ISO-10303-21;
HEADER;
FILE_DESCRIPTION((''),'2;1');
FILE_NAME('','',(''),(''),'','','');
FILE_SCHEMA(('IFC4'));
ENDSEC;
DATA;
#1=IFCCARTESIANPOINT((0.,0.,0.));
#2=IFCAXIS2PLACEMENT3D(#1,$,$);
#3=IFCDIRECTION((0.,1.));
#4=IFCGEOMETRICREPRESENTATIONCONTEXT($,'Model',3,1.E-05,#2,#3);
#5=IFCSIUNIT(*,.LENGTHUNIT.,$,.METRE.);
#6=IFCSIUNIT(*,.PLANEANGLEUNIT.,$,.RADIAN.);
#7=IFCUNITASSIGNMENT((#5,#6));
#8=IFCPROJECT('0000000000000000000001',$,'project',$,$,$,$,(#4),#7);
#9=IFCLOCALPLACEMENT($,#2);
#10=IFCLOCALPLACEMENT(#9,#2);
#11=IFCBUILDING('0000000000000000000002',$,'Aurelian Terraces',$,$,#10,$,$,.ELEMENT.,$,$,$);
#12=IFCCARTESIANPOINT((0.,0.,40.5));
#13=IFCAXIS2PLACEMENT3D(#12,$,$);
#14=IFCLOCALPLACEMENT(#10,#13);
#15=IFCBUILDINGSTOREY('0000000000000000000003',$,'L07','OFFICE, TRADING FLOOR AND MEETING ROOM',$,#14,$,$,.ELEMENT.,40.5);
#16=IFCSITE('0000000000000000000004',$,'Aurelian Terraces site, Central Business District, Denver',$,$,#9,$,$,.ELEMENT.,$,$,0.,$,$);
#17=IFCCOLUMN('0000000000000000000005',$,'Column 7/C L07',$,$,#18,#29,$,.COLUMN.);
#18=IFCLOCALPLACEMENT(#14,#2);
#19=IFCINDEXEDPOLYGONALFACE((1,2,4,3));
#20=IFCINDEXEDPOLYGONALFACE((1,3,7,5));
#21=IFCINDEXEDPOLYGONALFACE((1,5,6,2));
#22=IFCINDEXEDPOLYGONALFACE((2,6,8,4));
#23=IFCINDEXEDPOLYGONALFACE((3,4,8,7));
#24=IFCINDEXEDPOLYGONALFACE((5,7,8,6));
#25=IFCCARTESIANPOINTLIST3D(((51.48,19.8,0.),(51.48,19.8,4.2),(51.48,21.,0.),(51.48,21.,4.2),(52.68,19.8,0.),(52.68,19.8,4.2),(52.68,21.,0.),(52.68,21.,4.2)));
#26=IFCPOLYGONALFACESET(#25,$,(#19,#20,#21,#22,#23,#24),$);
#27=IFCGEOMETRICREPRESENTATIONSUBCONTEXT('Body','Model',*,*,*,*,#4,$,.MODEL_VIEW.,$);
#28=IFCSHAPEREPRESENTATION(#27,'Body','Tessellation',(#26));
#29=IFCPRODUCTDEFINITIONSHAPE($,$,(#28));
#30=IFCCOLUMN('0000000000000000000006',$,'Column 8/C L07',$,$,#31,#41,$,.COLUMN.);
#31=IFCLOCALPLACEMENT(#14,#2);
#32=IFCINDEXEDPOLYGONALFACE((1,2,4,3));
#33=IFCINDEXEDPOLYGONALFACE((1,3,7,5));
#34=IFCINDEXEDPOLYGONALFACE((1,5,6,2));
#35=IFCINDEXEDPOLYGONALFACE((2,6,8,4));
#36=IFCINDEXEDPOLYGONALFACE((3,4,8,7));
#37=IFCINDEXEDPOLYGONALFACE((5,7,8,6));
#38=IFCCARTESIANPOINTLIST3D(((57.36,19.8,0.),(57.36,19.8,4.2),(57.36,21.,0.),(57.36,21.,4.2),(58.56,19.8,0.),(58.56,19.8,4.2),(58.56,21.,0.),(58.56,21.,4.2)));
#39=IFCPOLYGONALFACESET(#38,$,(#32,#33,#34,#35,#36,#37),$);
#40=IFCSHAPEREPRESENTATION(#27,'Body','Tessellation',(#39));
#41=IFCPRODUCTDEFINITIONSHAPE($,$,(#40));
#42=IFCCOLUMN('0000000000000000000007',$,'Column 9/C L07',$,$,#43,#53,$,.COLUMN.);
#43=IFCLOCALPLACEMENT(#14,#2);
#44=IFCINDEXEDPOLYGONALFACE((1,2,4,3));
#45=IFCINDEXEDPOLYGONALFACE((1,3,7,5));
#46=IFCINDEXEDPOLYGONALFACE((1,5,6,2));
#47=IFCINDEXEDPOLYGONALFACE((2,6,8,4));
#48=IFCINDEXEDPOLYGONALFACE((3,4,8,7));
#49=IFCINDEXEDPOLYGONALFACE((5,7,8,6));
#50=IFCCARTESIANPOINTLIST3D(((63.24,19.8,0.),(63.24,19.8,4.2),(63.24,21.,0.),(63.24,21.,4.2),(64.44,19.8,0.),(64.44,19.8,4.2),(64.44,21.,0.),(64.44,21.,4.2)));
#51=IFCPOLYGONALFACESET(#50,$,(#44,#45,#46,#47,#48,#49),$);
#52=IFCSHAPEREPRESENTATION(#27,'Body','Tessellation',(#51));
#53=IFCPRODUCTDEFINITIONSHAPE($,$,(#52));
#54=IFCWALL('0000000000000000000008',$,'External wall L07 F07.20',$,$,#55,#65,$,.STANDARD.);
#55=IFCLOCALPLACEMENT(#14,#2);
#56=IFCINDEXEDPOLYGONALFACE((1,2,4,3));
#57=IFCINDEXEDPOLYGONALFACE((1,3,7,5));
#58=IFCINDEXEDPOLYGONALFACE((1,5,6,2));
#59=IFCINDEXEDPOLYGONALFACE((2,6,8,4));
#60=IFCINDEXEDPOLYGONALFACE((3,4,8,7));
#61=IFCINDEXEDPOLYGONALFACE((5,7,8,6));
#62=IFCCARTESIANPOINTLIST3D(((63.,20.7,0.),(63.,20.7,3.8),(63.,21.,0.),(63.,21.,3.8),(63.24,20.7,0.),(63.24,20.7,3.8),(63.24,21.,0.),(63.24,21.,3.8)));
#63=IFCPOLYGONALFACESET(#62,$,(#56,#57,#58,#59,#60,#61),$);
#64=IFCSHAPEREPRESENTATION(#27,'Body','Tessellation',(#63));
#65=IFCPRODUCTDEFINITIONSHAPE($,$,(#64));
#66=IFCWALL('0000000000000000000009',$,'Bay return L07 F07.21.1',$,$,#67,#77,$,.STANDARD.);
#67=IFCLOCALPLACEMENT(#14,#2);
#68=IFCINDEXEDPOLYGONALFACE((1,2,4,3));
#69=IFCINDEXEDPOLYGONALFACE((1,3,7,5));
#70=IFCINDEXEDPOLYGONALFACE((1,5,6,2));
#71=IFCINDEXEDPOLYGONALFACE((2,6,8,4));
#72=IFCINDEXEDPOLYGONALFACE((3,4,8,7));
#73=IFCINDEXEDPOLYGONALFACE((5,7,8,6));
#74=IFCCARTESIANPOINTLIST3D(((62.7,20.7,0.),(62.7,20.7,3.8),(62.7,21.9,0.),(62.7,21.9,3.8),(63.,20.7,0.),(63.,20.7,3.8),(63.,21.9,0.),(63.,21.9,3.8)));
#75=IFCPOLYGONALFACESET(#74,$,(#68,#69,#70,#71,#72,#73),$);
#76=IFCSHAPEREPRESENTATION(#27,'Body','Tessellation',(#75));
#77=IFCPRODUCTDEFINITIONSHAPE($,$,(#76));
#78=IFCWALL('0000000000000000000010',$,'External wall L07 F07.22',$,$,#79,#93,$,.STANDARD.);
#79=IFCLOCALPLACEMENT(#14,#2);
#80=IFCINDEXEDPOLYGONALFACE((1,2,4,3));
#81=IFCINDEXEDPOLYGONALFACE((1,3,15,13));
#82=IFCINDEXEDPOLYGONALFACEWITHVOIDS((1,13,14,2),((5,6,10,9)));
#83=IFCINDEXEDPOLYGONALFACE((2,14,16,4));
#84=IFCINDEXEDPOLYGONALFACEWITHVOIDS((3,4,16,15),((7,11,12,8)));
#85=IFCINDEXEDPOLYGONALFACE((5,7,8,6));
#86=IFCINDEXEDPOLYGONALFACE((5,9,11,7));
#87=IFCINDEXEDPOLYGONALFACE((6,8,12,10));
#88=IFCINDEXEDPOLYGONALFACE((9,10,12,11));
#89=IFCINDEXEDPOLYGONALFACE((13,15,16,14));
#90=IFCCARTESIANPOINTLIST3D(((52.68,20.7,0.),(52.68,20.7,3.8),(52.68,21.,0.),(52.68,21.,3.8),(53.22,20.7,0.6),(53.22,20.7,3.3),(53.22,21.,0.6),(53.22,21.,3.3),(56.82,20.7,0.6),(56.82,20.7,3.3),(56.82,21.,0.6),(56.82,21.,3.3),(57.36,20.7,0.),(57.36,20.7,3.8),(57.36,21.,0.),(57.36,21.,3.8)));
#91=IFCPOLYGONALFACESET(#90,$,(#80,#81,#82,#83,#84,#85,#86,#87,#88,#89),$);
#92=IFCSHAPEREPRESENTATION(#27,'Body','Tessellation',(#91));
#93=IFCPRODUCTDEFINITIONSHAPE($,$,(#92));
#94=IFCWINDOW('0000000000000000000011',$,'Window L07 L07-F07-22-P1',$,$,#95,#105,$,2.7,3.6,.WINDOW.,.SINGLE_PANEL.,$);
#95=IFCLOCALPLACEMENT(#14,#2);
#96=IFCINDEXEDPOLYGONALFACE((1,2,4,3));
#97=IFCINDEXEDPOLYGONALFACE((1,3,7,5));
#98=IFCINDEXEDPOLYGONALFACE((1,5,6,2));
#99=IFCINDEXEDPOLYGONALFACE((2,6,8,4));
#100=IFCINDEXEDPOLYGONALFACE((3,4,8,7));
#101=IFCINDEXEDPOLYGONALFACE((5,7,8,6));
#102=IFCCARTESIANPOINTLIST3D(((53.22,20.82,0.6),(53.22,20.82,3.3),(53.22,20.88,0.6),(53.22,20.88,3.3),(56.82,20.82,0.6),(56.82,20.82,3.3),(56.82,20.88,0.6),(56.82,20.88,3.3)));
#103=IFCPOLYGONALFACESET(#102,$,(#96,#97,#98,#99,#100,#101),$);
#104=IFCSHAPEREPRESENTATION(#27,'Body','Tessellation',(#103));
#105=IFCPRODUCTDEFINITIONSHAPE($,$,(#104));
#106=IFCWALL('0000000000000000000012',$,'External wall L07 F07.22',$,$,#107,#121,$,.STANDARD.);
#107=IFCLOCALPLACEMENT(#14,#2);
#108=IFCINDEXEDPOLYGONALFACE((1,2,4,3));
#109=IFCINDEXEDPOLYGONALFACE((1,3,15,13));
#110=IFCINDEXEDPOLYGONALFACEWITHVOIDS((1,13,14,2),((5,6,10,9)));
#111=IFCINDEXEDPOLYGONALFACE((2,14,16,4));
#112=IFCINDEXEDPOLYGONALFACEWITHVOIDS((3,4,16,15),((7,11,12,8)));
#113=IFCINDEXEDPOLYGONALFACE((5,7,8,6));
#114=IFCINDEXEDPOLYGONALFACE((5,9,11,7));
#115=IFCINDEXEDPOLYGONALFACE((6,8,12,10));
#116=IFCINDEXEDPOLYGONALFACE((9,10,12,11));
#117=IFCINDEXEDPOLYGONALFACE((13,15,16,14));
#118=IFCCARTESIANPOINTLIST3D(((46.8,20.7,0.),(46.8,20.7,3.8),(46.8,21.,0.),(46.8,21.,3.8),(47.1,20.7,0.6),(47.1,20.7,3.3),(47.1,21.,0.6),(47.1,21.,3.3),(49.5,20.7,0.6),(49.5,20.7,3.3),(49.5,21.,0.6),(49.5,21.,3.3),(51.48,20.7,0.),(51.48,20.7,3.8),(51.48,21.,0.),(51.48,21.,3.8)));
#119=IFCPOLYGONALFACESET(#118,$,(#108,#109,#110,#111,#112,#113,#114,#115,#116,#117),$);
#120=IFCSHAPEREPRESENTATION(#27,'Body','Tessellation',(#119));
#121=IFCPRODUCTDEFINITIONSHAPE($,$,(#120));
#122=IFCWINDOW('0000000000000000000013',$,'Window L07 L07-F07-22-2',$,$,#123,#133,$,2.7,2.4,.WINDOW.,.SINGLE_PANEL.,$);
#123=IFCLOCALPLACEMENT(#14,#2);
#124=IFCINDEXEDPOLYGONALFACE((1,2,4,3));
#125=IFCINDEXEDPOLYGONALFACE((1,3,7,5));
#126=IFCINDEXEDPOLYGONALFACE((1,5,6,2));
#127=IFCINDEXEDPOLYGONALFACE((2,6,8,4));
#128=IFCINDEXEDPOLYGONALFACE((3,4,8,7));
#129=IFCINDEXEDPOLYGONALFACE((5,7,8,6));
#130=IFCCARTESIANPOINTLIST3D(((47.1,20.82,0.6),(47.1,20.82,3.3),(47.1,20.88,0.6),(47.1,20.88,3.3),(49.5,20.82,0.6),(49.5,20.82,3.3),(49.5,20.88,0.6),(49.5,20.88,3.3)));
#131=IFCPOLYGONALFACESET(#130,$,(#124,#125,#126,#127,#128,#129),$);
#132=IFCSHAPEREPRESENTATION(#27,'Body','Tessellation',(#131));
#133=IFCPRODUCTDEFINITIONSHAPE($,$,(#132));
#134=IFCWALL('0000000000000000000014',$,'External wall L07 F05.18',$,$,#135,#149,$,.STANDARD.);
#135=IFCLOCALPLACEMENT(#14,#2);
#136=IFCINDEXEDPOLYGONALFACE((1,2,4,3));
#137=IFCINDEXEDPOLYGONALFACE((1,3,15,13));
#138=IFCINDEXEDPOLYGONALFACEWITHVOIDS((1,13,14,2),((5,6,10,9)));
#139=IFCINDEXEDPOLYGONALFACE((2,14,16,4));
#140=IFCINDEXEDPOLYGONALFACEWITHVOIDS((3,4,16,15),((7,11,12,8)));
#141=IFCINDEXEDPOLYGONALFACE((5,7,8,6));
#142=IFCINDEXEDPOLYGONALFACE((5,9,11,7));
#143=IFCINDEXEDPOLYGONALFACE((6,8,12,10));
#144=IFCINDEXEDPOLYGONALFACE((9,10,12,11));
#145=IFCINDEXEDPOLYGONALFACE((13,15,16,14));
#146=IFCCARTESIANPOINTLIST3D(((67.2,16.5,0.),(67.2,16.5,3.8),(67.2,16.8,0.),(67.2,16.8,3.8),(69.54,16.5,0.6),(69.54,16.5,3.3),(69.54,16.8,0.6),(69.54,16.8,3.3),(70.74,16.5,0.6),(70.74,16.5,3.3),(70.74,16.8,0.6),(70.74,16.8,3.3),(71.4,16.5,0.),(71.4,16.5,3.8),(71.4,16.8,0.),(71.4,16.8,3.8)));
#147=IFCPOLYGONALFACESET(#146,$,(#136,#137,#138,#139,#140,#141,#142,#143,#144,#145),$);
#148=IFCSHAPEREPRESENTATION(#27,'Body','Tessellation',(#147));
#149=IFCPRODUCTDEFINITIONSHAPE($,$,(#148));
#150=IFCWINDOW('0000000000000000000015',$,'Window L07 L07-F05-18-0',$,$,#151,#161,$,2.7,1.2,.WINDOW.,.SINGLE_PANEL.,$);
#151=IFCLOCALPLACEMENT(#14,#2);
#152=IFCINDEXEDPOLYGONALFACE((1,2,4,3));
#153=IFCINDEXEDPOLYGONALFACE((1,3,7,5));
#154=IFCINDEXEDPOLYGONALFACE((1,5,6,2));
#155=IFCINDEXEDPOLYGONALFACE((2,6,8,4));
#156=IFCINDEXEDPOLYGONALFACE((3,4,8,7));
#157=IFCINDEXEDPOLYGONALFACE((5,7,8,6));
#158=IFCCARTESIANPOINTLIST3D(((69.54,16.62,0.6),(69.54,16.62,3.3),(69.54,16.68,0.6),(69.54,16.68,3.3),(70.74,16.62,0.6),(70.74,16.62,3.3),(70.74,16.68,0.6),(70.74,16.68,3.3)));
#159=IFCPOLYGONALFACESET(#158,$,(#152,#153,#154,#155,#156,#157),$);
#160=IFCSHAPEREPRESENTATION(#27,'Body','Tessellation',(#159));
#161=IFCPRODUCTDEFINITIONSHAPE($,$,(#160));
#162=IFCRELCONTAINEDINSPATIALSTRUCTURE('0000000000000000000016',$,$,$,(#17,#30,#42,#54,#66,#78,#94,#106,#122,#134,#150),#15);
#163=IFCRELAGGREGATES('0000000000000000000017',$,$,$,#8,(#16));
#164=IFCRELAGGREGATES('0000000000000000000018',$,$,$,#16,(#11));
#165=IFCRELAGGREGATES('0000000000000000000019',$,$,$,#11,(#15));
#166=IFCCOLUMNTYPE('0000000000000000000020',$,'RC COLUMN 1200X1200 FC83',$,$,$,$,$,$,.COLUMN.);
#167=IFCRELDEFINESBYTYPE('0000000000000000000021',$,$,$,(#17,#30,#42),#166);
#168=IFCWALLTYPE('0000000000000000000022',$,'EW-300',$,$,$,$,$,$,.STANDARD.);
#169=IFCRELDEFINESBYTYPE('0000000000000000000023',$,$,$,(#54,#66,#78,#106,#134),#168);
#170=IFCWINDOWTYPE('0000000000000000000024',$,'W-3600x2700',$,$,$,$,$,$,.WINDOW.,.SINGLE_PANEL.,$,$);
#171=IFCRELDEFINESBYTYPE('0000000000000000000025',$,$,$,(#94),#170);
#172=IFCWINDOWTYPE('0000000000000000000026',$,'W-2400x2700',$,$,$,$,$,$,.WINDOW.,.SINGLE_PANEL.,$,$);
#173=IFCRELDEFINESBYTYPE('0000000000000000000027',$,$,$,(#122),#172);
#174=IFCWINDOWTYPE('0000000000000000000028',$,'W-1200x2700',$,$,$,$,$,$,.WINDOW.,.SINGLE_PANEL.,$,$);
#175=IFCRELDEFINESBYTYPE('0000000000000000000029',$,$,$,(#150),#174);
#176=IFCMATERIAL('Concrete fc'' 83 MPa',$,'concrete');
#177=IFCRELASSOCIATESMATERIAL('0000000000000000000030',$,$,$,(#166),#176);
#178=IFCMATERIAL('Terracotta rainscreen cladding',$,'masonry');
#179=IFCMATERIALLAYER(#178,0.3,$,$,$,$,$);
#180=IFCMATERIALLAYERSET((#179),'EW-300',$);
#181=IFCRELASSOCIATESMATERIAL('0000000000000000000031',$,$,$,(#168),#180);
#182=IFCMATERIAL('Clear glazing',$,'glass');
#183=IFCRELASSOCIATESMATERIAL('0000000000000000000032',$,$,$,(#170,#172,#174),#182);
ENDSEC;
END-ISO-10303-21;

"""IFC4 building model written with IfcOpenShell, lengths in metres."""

from ifc_helpers import new_model, si_unit, direction, frame, frame_2d, origin, origin_2d, place, context, subcontext, project, spatial, rectangle, extrude, source, transform, mapped, material, layer, layer_set, material_profile, profile_set, type_object, element, fill, save


model = new_model("IFC4")

# Units and contexts
model_context = context("Model", 3, precision=1e-05, world=origin(), true_north=direction((0.0, 1.0)))
body_context = subcontext(model_context, "Body", "Model", "MODEL_VIEW")
ifc_project = project(units=[si_unit("LENGTHUNIT", "METRE"), si_unit("PLANEANGLEUNIT", "RADIAN")], contexts=[model_context])

# Site, building, storey
site_placement = place(None, origin())
site = spatial("IfcSite", under=ifc_project, at=site_placement, Name="Aurelian Terraces site, Central Business District, Denver", CompositionType="ELEMENT", RefElevation=0.0)
building_placement = place(site_placement, origin())
building = spatial("IfcBuilding", under=site, at=building_placement, Name="Aurelian Terraces", CompositionType="ELEMENT")
storey_placement = place(building_placement, frame((0.0, 0.0, 40.5)))
storey = spatial("IfcBuildingStorey", under=building, at=storey_placement, Name="L07", Description="OFFICE, TRADING FLOOR AND MEETING ROOM", CompositionType="ELEMENT", Elevation=40.5)

# Columns
ifc_material_1 = material(Name="Concrete fc' 83 MPa", Category="concrete")
ifc_material_profile = material_profile(ifc_material_1, rectangle(XDim=1.2, YDim=1.2, at=origin_2d()))
ifc_profile_set = profile_set([ifc_material_profile], Name="Concrete fc' 83 MPa")
column_type = type_object("IfcColumnType", Name="RC COLUMN 1200X1200 FC83", PredefinedType="COLUMN", material=ifc_profile_set)
shared_shape_1 = source(origin(), body_context, "Body", "SweptSolid", [
    extrude(rectangle(XDim=1.2, YDim=1.2, at=origin_2d()), origin(), (0.0, 0.0, 1.0), 4.2),
])
for number, where, z_axis, x_axis, name in (
    (1, (52.08, 20.4, 0.0), (0.0, 0.0, 1.0), (1.0, 0.0, 0.0), "Column 7/C L07"),
    (2, (57.96, 20.4, 0.0), (0.0, 0.0, 1.0), (1.0, 0.0, 0.0), "Column 8/C L07"),
    (3, (63.84, 20.4, 0.0), (0.0, 0.0, 1.0), (1.0, 0.0, 0.0), "Column 9/C L07"),
):
    element("IfcColumn", number, at=place(storey_placement, frame(where, z_axis=z_axis, x_axis=x_axis)), inside=storey, type_object=column_type, Name=name, PredefinedType="COLUMN", context=body_context, shape_type="MappedRepresentation", body=[
        mapped(shared_shape_1, transform((0.0, 0.0, 0.0), scale=1.0)),
    ])

# Walls
ifc_material_2 = material(Name="Terracotta rainscreen cladding", Category="masonry")
ifc_layer_1 = layer(ifc_material_2, 0.3)
ifc_layer_set_1 = layer_set([ifc_layer_1], Name="EW-300")
wall_type_1 = type_object("IfcWallType", Name="EW-300", PredefinedType="STANDARD", material=ifc_layer_set_1)
wall_1_placement = place(storey_placement, frame((63.24, 20.85, 0.0), z_axis=(0.0, 0.0, 1.0), x_axis=(-1.0, 0.0, 0.0)))
element("IfcWall", 4, at=wall_1_placement, inside=storey, type_object=wall_type_1, Name="External wall L07 F07.20", PredefinedType="STANDARD", context=body_context, shape_type="SweptSolid", body=[
    extrude(rectangle(XDim=0.24, YDim=0.3, at=frame_2d((0.12, 0.0))), origin(), (0.0, 0.0, 1.0), 3.8),
])
wall_2_placement = place(storey_placement, frame((62.85, 20.7, 0.0), z_axis=(0.0, 0.0, 1.0), x_axis=(0.0, 1.0, 0.0)))
element("IfcWall", 5, at=wall_2_placement, inside=storey, type_object=wall_type_1, Name="Bay return L07 F07.21.1", PredefinedType="STANDARD", context=body_context, shape_type="SweptSolid", body=[
    extrude(rectangle(XDim=1.2, YDim=0.3, at=frame_2d((0.6, 0.0))), origin(), (0.0, 0.0, 1.0), 3.8),
])

# Walls, openings, windows
shared_shape_2 = source(origin(), body_context, "Body", "SweptSolid", [
    extrude(rectangle(XDim=4.68, YDim=0.3, at=frame_2d((2.34, 0.0))), origin(), (0.0, 0.0, 1.0), 3.8),
])
wall_3_placement = place(storey_placement, frame((57.36, 20.85, 0.0), z_axis=(0.0, 0.0, 1.0), x_axis=(-1.0, 0.0, 0.0)))
wall_3 = element("IfcWall", 6, at=wall_3_placement, inside=storey, type_object=wall_type_1, Name="External wall L07 F07.22", PredefinedType="STANDARD", context=body_context, shape_type="MappedRepresentation", body=[
    mapped(shared_shape_2, transform((0.0, 0.0, 0.0), scale=1.0)),
])
shared_shape_3 = source(origin(), body_context, "Body", "SweptSolid", [
    extrude(rectangle(XDim=3.6, YDim=2.7, at=frame_2d((1.8, 1.35))), frame((0.0, 0.16, 0.0), z_axis=(0.0, -1.0, 0.0), x_axis=(1.0, 0.0, 0.0)), (0.0, 0.0, 1.0), 0.32),
])
opening_1_placement = place(wall_3_placement, frame((0.54, 0.0, 0.6)))
opening_1 = element("IfcOpeningElement", 7, at=opening_1_placement, cuts=wall_3, PredefinedType="OPENING", context=body_context, shape_type="MappedRepresentation", body=[
    mapped(shared_shape_3, transform((0.0, 0.0, 0.0), scale=1.0)),
])
ifc_material_3 = material(Name="Clear glazing", Category="glass")
window_type_1 = type_object("IfcWindowType", Name="W-3600x2700", PartitioningType="SINGLE_PANEL", PredefinedType="WINDOW", material=ifc_material_3)
shared_shape_4 = source(origin(), body_context, "Body", "SweptSolid", [
    extrude(rectangle(XDim=3.6, YDim=2.7, at=frame_2d((1.8, 1.35))), frame((0.0, 0.03, 0.0), z_axis=(0.0, -1.0, 0.0), x_axis=(1.0, 0.0, 0.0)), (0.0, 0.0, 1.0), 0.06),
])
window_1_placement = place(opening_1_placement, origin())
window_1 = element("IfcWindow", 8, at=window_1_placement, inside=storey, type_object=window_type_1, Name="Window L07 L07-F07-22-P1", OverallHeight=2.7, OverallWidth=3.6, PartitioningType="SINGLE_PANEL", PredefinedType="WINDOW", context=body_context, shape_type="MappedRepresentation", body=[
    mapped(shared_shape_4, transform((0.0, 0.0, 0.0), scale=1.0)),
])
fill(opening_1, window_1)
wall_4_placement = place(storey_placement, frame((51.48, 20.85, 0.0), z_axis=(0.0, 0.0, 1.0), x_axis=(-1.0, 0.0, 0.0)))
wall_4 = element("IfcWall", 9, at=wall_4_placement, inside=storey, type_object=wall_type_1, Name="External wall L07 F07.22", PredefinedType="STANDARD", context=body_context, shape_type="MappedRepresentation", body=[
    mapped(shared_shape_2, transform((0.0, 0.0, 0.0), scale=1.0)),
])
shared_shape_5 = source(origin(), body_context, "Body", "SweptSolid", [
    extrude(rectangle(XDim=2.4, YDim=2.7, at=frame_2d((1.2, 1.35))), frame((0.0, 0.16, 0.0), z_axis=(0.0, -1.0, 0.0), x_axis=(1.0, 0.0, 0.0)), (0.0, 0.0, 1.0), 0.32),
])
opening_2_placement = place(wall_4_placement, frame((1.98, 0.0, 0.6)))
opening_2 = element("IfcOpeningElement", 10, at=opening_2_placement, cuts=wall_4, PredefinedType="OPENING", context=body_context, shape_type="MappedRepresentation", body=[
    mapped(shared_shape_5, transform((0.0, 0.0, 0.0), scale=1.0)),
])
window_type_2 = type_object("IfcWindowType", Name="W-2400x2700", PartitioningType="SINGLE_PANEL", PredefinedType="WINDOW", material=ifc_material_3)
shared_shape_6 = source(origin(), body_context, "Body", "SweptSolid", [
    extrude(rectangle(XDim=2.4, YDim=2.7, at=frame_2d((1.2, 1.35))), frame((0.0, 0.03, 0.0), z_axis=(0.0, -1.0, 0.0), x_axis=(1.0, 0.0, 0.0)), (0.0, 0.0, 1.0), 0.06),
])
window_2_placement = place(opening_2_placement, origin())
window_2 = element("IfcWindow", 11, at=window_2_placement, inside=storey, type_object=window_type_2, Name="Window L07 L07-F07-22-2", OverallHeight=2.7, OverallWidth=2.4, PartitioningType="SINGLE_PANEL", PredefinedType="WINDOW", context=body_context, shape_type="MappedRepresentation", body=[
    mapped(shared_shape_6, transform((0.0, 0.0, 0.0), scale=1.0)),
])
fill(opening_2, window_2)
shared_shape_7 = source(origin(), body_context, "Body", "SweptSolid", [
    extrude(rectangle(XDim=4.2, YDim=0.3, at=frame_2d((2.1, 0.0))), origin(), (0.0, 0.0, 1.0), 3.8),
])
wall_5_placement = place(storey_placement, frame((71.4, 16.65, 0.0), z_axis=(0.0, 0.0, 1.0), x_axis=(-1.0, 0.0, 0.0)))
wall_5 = element("IfcWall", 12, at=wall_5_placement, inside=storey, type_object=wall_type_1, Name="External wall L07 F05.18", PredefinedType="STANDARD", context=body_context, shape_type="MappedRepresentation", body=[
    mapped(shared_shape_7, transform((0.0, 0.0, 0.0), scale=1.0)),
])
shared_shape_8 = source(origin(), body_context, "Body", "SweptSolid", [
    extrude(rectangle(XDim=1.2, YDim=2.7, at=frame_2d((0.6, 1.35))), frame((0.0, 0.16, 0.0), z_axis=(0.0, -1.0, 0.0), x_axis=(1.0, 0.0, 0.0)), (0.0, 0.0, 1.0), 0.32),
])
opening_3_placement = place(wall_5_placement, frame((0.66, 0.0, 0.6)))
opening_3 = element("IfcOpeningElement", 13, at=opening_3_placement, cuts=wall_5, PredefinedType="OPENING", context=body_context, shape_type="MappedRepresentation", body=[
    mapped(shared_shape_8, transform((0.0, 0.0, 0.0), scale=1.0)),
])
window_type_3 = type_object("IfcWindowType", Name="W-1200x2700", PartitioningType="SINGLE_PANEL", PredefinedType="WINDOW", material=ifc_material_3)
shared_shape_9 = source(origin(), body_context, "Body", "SweptSolid", [
    extrude(rectangle(XDim=1.2, YDim=2.7, at=frame_2d((0.6, 1.35))), frame((0.0, 0.03, 0.0), z_axis=(0.0, -1.0, 0.0), x_axis=(1.0, 0.0, 0.0)), (0.0, 0.0, 1.0), 0.06),
])
window_3_placement = place(opening_3_placement, origin())
window_3 = element("IfcWindow", 14, at=window_3_placement, inside=storey, type_object=window_type_3, Name="Window L07 L07-F05-18-0", OverallHeight=2.7, OverallWidth=1.2, PartitioningType="SINGLE_PANEL", PredefinedType="WINDOW", context=body_context, shape_type="MappedRepresentation", body=[
    mapped(shared_shape_9, transform((0.0, 0.0, 0.0), scale=1.0)),
])
fill(opening_3, window_3)

save(model, "model.ifc")
